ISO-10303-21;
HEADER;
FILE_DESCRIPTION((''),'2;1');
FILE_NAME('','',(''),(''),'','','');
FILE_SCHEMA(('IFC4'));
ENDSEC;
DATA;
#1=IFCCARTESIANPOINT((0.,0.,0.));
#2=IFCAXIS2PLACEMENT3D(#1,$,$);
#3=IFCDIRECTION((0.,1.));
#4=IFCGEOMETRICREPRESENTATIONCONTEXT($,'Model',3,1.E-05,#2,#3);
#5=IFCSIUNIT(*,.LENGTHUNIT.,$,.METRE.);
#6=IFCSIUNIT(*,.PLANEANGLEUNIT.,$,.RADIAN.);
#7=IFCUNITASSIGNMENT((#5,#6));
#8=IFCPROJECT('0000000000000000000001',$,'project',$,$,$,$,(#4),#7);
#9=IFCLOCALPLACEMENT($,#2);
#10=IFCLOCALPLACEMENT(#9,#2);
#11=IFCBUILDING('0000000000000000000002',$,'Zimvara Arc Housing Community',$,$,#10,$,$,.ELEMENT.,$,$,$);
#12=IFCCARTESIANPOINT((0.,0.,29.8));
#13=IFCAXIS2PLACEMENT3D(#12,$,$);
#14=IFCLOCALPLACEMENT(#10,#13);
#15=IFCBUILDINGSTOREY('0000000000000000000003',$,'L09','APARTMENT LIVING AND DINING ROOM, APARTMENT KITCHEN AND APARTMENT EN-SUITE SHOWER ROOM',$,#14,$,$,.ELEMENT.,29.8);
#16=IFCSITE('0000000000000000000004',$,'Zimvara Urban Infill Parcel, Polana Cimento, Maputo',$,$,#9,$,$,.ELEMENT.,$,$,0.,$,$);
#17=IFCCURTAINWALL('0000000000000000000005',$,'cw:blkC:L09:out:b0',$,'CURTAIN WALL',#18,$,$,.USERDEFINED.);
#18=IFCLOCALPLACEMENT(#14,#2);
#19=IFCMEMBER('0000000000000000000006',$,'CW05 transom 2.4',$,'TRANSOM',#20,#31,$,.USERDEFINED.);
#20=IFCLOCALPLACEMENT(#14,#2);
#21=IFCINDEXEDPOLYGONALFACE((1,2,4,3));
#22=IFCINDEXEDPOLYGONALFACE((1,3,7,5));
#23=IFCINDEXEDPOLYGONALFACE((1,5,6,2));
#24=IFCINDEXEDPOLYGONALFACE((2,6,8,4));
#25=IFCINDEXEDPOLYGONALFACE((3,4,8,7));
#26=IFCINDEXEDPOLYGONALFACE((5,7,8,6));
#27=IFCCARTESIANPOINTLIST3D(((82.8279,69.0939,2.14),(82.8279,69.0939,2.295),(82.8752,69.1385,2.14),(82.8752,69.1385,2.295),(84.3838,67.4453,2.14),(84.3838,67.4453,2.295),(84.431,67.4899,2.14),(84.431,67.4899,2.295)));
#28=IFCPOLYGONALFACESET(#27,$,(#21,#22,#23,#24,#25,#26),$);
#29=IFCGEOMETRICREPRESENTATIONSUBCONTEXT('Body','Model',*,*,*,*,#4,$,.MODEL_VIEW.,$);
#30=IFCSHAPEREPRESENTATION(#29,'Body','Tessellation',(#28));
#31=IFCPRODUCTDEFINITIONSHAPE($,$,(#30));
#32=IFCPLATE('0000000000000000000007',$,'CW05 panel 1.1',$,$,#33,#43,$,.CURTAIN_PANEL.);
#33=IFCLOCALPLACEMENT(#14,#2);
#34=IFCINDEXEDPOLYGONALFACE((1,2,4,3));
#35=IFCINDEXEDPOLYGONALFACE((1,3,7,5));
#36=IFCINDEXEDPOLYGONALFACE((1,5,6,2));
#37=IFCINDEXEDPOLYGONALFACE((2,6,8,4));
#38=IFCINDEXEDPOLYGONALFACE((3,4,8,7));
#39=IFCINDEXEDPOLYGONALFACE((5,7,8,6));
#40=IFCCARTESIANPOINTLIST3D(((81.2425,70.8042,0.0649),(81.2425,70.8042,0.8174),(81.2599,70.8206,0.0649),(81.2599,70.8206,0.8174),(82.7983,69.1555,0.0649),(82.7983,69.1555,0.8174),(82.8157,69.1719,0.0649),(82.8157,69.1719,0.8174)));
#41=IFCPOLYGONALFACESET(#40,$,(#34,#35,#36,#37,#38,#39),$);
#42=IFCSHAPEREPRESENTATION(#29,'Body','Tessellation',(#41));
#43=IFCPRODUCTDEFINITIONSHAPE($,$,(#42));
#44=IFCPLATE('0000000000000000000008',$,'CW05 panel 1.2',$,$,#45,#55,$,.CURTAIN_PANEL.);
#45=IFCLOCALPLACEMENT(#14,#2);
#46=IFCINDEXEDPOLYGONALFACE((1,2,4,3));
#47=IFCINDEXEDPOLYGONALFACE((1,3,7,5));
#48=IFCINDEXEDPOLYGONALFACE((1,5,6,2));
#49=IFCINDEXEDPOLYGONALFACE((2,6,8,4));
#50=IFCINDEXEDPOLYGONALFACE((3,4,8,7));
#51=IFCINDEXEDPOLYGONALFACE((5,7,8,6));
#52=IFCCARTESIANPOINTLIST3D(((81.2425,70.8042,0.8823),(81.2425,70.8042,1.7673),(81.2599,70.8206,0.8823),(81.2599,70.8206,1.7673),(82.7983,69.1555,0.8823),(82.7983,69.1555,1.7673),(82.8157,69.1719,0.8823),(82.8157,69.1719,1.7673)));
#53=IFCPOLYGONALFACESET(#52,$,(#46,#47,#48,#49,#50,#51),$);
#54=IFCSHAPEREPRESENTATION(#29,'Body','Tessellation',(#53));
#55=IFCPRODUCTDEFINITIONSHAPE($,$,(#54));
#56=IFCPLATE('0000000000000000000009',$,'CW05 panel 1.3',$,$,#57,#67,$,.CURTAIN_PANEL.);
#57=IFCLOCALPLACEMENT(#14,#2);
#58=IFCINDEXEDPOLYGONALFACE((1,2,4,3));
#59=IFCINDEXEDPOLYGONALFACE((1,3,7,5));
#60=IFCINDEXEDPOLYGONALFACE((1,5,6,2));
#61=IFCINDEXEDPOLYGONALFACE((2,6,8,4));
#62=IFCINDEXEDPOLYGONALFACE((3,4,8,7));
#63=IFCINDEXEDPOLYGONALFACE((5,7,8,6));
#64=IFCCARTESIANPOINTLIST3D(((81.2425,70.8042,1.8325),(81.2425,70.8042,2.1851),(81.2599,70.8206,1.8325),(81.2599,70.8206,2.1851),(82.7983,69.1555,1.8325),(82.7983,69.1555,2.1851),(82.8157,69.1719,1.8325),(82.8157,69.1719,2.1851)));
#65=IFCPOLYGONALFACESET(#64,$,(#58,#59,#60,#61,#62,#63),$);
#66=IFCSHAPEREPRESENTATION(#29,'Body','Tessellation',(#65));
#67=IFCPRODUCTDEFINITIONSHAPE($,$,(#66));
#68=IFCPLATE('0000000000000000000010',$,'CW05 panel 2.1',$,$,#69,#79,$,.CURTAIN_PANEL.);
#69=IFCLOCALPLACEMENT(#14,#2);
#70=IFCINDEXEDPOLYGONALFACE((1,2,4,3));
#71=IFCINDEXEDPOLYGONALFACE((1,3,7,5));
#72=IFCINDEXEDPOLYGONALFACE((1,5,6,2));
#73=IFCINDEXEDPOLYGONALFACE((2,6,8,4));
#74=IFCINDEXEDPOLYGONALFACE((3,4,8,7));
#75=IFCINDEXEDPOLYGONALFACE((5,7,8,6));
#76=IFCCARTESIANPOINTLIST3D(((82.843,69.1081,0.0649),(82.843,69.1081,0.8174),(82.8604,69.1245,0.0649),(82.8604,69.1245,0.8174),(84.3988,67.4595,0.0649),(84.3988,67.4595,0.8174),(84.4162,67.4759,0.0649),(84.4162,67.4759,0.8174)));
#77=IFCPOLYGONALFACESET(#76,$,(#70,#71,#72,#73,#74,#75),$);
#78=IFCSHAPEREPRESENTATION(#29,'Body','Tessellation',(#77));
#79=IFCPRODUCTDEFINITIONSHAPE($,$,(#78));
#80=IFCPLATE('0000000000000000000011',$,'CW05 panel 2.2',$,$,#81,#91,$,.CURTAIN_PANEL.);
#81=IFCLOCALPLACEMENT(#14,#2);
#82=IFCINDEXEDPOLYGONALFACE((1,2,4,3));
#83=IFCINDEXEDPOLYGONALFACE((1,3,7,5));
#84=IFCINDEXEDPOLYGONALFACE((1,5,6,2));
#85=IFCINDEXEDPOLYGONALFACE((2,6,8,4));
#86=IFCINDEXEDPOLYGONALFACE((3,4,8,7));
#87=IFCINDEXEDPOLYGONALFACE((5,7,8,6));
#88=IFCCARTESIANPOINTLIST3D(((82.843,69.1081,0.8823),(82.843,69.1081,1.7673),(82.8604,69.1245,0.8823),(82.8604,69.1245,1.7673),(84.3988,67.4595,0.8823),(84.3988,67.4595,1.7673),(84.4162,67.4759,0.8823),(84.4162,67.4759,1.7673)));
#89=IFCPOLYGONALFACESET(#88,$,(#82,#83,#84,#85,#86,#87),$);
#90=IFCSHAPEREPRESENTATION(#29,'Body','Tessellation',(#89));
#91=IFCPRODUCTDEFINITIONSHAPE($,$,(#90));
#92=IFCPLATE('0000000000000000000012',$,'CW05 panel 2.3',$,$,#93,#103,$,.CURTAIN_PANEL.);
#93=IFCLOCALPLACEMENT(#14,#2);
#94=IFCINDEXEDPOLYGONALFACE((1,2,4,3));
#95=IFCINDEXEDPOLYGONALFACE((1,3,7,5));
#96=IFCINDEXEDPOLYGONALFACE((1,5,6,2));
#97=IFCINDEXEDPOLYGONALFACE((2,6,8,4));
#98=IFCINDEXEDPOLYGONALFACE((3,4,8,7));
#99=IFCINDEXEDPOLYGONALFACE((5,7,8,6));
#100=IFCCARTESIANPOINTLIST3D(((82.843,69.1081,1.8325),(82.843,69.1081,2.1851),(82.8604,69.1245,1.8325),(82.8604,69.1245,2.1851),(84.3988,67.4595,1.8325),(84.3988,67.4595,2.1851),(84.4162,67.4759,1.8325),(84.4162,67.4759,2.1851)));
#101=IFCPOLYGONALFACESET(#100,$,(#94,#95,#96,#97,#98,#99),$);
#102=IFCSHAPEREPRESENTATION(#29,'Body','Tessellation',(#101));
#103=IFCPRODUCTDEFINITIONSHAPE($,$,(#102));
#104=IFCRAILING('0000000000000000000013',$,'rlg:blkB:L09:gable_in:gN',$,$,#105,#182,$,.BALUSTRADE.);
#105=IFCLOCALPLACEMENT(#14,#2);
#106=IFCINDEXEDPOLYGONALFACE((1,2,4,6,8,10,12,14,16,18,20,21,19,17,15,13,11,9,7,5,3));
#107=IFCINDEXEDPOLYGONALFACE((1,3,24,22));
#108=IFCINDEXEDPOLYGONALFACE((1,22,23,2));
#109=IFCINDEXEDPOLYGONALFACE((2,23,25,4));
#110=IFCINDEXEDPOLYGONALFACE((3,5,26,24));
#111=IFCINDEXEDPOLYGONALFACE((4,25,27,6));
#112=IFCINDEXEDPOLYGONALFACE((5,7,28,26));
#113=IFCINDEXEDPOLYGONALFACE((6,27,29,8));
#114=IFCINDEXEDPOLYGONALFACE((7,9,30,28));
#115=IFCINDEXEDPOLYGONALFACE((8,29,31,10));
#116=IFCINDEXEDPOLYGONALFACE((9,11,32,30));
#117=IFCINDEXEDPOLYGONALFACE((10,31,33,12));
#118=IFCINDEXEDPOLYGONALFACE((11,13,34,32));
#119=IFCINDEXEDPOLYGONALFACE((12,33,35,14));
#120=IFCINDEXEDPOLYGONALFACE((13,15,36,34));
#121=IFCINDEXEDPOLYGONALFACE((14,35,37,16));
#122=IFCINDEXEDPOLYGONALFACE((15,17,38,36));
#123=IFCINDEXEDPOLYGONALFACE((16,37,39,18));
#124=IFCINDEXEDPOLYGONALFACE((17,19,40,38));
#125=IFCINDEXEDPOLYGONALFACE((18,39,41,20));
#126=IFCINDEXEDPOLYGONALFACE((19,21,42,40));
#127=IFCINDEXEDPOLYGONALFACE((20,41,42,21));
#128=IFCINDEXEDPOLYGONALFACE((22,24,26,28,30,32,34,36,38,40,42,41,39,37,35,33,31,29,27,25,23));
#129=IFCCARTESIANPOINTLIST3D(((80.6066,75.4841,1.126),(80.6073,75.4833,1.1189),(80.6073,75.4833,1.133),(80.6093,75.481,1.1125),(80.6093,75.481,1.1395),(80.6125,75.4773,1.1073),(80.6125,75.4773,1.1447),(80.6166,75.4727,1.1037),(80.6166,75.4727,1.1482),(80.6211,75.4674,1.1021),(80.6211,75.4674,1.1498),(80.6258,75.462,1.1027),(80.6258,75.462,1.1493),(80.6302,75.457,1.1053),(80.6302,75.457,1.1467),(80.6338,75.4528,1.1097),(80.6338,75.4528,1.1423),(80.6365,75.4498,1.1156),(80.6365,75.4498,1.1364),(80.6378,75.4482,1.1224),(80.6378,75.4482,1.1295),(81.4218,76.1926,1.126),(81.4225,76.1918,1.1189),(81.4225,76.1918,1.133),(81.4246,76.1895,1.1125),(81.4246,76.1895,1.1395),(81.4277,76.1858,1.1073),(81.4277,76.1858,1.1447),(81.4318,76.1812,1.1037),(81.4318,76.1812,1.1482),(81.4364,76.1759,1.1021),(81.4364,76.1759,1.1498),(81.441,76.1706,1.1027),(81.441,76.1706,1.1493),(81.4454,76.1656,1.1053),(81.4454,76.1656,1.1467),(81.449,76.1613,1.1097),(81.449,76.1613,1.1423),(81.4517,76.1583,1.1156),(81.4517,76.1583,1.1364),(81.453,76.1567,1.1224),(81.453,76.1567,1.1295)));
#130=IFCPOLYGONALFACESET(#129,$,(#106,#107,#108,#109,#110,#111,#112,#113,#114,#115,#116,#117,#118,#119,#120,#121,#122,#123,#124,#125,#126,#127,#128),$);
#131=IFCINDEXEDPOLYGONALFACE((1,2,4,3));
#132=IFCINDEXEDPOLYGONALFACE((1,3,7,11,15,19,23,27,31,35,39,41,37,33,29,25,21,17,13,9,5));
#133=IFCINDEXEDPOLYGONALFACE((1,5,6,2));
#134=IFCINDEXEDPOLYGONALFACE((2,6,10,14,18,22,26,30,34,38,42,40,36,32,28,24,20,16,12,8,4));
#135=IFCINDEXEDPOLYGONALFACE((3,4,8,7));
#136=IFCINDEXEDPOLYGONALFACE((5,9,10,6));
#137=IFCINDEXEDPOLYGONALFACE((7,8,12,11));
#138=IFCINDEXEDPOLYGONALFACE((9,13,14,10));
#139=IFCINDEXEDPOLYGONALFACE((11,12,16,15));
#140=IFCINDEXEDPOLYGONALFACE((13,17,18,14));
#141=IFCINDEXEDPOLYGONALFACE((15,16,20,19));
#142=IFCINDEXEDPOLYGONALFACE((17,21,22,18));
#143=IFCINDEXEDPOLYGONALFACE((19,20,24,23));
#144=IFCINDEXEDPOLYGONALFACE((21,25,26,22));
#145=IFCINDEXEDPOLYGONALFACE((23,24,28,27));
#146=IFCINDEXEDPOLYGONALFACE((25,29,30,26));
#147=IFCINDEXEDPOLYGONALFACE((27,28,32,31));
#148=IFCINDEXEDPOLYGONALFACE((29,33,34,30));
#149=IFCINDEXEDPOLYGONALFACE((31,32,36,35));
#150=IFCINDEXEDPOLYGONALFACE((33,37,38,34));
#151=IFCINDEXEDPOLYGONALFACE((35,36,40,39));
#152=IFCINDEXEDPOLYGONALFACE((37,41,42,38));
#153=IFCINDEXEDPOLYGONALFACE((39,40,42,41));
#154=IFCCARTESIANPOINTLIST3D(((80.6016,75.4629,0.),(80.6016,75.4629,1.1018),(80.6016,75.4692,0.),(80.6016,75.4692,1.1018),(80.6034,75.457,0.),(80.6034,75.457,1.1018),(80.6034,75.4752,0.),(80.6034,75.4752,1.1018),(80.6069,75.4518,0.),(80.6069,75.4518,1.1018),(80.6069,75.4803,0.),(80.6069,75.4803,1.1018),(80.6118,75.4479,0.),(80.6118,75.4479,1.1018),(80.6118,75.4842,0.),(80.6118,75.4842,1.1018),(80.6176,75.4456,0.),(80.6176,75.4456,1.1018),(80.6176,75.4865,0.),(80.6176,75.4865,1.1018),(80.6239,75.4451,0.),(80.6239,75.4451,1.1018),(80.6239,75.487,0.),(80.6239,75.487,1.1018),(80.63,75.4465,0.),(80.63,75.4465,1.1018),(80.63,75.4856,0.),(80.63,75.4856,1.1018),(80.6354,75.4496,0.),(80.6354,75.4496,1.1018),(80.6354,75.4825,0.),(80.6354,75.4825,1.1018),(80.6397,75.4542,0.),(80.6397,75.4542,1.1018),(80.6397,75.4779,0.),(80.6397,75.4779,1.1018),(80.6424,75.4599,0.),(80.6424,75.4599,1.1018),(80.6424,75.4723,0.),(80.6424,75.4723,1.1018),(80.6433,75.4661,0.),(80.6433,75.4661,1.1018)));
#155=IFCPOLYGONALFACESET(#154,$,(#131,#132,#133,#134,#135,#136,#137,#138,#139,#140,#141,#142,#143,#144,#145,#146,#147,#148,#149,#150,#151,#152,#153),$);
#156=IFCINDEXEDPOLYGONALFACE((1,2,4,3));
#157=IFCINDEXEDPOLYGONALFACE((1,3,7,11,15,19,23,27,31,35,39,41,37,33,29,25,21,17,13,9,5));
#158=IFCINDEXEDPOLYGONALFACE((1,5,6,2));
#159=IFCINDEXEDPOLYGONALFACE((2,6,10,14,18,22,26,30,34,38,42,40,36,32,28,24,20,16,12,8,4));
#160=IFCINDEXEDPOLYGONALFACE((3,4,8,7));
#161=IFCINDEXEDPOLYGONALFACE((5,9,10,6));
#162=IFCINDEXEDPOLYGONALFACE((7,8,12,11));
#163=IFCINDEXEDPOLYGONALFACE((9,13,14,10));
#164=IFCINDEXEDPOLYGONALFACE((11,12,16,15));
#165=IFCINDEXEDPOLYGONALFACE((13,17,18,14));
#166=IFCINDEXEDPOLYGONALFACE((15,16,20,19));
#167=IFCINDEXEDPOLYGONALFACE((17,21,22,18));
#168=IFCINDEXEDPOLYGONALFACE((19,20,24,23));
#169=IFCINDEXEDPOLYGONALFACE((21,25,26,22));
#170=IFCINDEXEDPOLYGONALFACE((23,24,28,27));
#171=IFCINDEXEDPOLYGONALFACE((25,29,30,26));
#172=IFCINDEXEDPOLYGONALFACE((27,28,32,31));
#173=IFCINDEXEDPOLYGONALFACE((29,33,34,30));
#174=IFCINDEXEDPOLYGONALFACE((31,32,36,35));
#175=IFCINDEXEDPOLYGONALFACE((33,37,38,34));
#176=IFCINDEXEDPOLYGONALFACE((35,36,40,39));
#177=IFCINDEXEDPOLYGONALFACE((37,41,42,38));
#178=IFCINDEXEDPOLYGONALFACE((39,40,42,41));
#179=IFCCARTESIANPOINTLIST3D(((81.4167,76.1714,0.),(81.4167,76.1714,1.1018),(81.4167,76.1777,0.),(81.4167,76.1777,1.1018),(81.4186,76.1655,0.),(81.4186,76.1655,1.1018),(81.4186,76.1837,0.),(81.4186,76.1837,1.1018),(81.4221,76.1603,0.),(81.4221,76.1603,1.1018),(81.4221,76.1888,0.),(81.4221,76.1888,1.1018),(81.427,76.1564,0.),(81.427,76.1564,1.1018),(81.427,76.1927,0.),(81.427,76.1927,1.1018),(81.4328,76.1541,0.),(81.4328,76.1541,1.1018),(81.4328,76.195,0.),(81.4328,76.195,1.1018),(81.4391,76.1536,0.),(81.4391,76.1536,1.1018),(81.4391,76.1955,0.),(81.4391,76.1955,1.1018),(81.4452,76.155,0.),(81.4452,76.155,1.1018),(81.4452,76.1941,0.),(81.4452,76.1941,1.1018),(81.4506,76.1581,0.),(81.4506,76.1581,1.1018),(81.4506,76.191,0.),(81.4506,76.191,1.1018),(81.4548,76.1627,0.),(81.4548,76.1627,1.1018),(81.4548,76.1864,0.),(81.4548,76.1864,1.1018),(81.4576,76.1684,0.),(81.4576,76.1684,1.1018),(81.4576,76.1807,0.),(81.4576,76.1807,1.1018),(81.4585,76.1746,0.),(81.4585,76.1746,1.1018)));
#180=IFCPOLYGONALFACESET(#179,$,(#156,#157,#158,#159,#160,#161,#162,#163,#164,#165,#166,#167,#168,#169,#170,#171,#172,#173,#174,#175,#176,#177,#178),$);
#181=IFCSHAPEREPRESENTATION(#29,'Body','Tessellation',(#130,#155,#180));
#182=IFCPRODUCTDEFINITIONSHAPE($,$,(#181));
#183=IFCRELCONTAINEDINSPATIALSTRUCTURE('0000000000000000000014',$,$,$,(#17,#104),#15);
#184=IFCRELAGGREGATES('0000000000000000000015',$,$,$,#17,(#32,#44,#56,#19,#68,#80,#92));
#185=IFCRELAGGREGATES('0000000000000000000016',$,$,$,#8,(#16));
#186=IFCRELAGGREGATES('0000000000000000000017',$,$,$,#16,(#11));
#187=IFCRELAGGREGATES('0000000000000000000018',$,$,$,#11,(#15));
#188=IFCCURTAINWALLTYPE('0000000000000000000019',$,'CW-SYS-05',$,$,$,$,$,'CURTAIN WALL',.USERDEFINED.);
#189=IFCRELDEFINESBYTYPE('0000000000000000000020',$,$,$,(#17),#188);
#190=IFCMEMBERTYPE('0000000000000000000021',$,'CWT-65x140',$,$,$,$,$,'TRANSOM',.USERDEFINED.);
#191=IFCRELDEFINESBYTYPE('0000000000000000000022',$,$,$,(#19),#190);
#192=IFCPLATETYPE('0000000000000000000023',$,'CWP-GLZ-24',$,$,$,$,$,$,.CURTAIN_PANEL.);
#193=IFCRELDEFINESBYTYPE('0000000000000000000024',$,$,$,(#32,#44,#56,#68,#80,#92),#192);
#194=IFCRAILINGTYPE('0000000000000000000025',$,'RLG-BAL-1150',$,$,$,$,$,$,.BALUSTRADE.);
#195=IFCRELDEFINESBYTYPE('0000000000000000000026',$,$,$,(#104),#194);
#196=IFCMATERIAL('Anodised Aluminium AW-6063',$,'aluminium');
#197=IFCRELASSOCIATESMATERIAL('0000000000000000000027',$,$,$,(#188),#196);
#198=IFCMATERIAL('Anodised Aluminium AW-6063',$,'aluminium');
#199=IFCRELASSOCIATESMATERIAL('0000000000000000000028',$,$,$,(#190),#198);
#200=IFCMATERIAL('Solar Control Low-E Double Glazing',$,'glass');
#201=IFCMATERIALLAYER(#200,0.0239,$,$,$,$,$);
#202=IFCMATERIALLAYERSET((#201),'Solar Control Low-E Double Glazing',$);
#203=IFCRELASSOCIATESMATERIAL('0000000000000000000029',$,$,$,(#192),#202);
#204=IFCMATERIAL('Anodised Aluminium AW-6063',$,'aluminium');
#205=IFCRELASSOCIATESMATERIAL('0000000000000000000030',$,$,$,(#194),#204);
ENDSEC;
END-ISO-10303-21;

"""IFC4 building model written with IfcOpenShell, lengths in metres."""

from ifc_helpers import new_model, si_unit, direction, frame, origin, origin_2d, place, context, subcontext, project, spatial, rectangle, circle, extrude, material, layer, layer_set, material_profile, profile_set, type_object, element, aggregate, save


model = new_model("IFC4")

# Units and contexts
model_context = context("Model", 3, precision=1e-05, world=origin(), true_north=direction((0.0, 1.0)))
body_context = subcontext(model_context, "Body", "Model", "MODEL_VIEW")
ifc_project = project(units=[si_unit("LENGTHUNIT", "METRE"), si_unit("PLANEANGLEUNIT", "RADIAN")], contexts=[model_context])

# Site, building, storey
site_placement = place(None, origin())
site = spatial("IfcSite", under=ifc_project, at=site_placement, Name="Zimvara Urban Infill Parcel, Polana Cimento, Maputo", CompositionType="ELEMENT", RefElevation=0.0)
building_placement = place(site_placement, origin())
building = spatial("IfcBuilding", under=site, at=building_placement, Name="Zimvara Arc Housing Community", CompositionType="ELEMENT")
storey_placement = place(building_placement, frame((0.0, 0.0, 29.8)))
storey = spatial("IfcBuildingStorey", under=building, at=storey_placement, Name="L09", Description="APARTMENT LIVING AND DINING ROOM, APARTMENT KITCHEN AND APARTMENT EN-SUITE SHOWER ROOM", CompositionType="ELEMENT", Elevation=29.8)

# Curtain wall, member, plates
ifc_material_1 = material(Name="Anodised Aluminium AW-6063", Category="aluminium")
curtain_wall_type = type_object("IfcCurtainWallType", Name="CW-SYS-05", ElementType="CURTAIN WALL", PredefinedType="USERDEFINED", material=ifc_material_1)
curtain_wall_placement = place(storey_placement, origin())
curtain_wall = element("IfcCurtainWall", 1, at=curtain_wall_placement, inside=storey, type_object=curtain_wall_type, Name="cw:blkC:L09:out:b0", ObjectType="CURTAIN WALL", PredefinedType="USERDEFINED")
ifc_material_2 = material(Name="Anodised Aluminium AW-6063", Category="aluminium")
ifc_material_profile_1 = material_profile(ifc_material_2, rectangle(XDim=0.0649, YDim=0.155, at=origin_2d()), Name="ALU 65x155")
ifc_profile_set_1 = profile_set([ifc_material_profile_1], Name="Anodised Aluminium AW-6063")
member_type_1 = type_object("IfcMemberType", Name="CWT-65x140", ElementType="TRANSOM", PredefinedType="USERDEFINED", material=ifc_profile_set_1)
member_1_placement = place(storey_placement, frame((82.8516, 69.1162, 2.2175), z_axis=(0.686348, -0.727273, 0.0), x_axis=(0.727273, 0.686348, 0.0)))
member_1 = element("IfcMember", 2, at=member_1_placement, type_object=member_type_1, Name="CW05 transom 2.4", ObjectType="TRANSOM", PredefinedType="USERDEFINED", context=body_context, shape_type="SweptSolid", body=[
    extrude(rectangle(XDim=0.0649, YDim=0.155, at=origin_2d()), origin(), (0.0, 0.0, 1.0), 2.2668),
])
ifc_material_3 = material(Name="Solar Control Low-E Double Glazing", Category="glass")
ifc_layer = layer(ifc_material_3, 0.0239)
ifc_layer_set = layer_set([ifc_layer], Name="Solar Control Low-E Double Glazing")
plate_type = type_object("IfcPlateType", Name="CWP-GLZ-24", PredefinedType="CURTAIN_PANEL", material=ifc_layer_set)
plate_1_placement = place(storey_placement, frame((82.0291, 69.988, 0.0649), z_axis=(0.0, 0.0, 1.0), x_axis=(0.686326, -0.727294, 0.0)))
plate_1 = element("IfcPlate", 3, at=plate_1_placement, type_object=plate_type, Name="CW05 panel 1.1", PredefinedType="CURTAIN_PANEL", context=body_context, shape_type="SweptSolid", body=[
    extrude(rectangle(XDim=2.2668, YDim=0.0239, at=origin_2d()), origin(), (0.0, 0.0, 1.0), 0.7524),
])
plate_2_placement = place(storey_placement, frame((82.0291, 69.988, 0.8823), z_axis=(0.0, 0.0, 1.0), x_axis=(0.686326, -0.727294, 0.0)))
plate_2 = element("IfcPlate", 4, at=plate_2_placement, type_object=plate_type, Name="CW05 panel 1.2", PredefinedType="CURTAIN_PANEL", context=body_context, shape_type="SweptSolid", body=[
    extrude(rectangle(XDim=2.2668, YDim=0.0239, at=origin_2d()), origin(), (0.0, 0.0, 1.0), 0.885),
])
plate_3_placement = place(storey_placement, frame((82.0291, 69.988, 1.8325), z_axis=(0.0, 0.0, 1.0), x_axis=(0.686326, -0.727294, 0.0)))
plate_3 = element("IfcPlate", 5, at=plate_3_placement, type_object=plate_type, Name="CW05 panel 1.3", PredefinedType="CURTAIN_PANEL", context=body_context, shape_type="SweptSolid", body=[
    extrude(rectangle(XDim=2.2668, YDim=0.0239, at=origin_2d()), origin(), (0.0, 0.0, 1.0), 0.3525),
])
plate_4_placement = place(storey_placement, frame((83.6296, 68.292, 0.0649), z_axis=(0.0, 0.0, 1.0), x_axis=(0.686326, -0.727294, 0.0)))
plate_4 = element("IfcPlate", 6, at=plate_4_placement, type_object=plate_type, Name="CW05 panel 2.1", PredefinedType="CURTAIN_PANEL", context=body_context, shape_type="SweptSolid", body=[
    extrude(rectangle(XDim=2.2668, YDim=0.0239, at=origin_2d()), origin(), (0.0, 0.0, 1.0), 0.7524),
])
plate_5_placement = place(storey_placement, frame((83.6296, 68.292, 0.8823), z_axis=(0.0, 0.0, 1.0), x_axis=(0.686326, -0.727294, 0.0)))
plate_5 = element("IfcPlate", 7, at=plate_5_placement, type_object=plate_type, Name="CW05 panel 2.2", PredefinedType="CURTAIN_PANEL", context=body_context, shape_type="SweptSolid", body=[
    extrude(rectangle(XDim=2.2668, YDim=0.0239, at=origin_2d()), origin(), (0.0, 0.0, 1.0), 0.885),
])
plate_6_placement = place(storey_placement, frame((83.6296, 68.292, 1.8325), z_axis=(0.0, 0.0, 1.0), x_axis=(0.686326, -0.727294, 0.0)))
plate_6 = element("IfcPlate", 8, at=plate_6_placement, type_object=plate_type, Name="CW05 panel 2.3", PredefinedType="CURTAIN_PANEL", context=body_context, shape_type="SweptSolid", body=[
    extrude(rectangle(XDim=2.2668, YDim=0.0239, at=origin_2d()), origin(), (0.0, 0.0, 1.0), 0.3525),
])
aggregate(curtain_wall, [plate_1, plate_2, plate_3, member_1, plate_4, plate_5, plate_6])

# Railing
ifc_material_4 = material(Name="Anodised Aluminium AW-6063", Category="aluminium")
railing_type = type_object("IfcRailingType", Name="RLG-BAL-1150", PredefinedType="BALUSTRADE", material=ifc_material_4)
railing_placement = place(storey_placement, frame((80.6223, 75.4661, 0.0)))
element("IfcRailing", 9, at=railing_placement, inside=storey, type_object=railing_type, Name="rlg:blkB:L09:gable_in:gN", PredefinedType="BALUSTRADE", context=body_context, shape_type="SweptSolid", body=[
    extrude(circle(Radius=0.0239, at=origin_2d()), frame((0.0, 0.0, 1.126), z_axis=(0.754771, 0.655988, 0.0), x_axis=(-0.655988, 0.754771, 0.0)), (0.0, 0.0, 1.0), 1.0801),
    extrude(circle(Radius=0.021, at=origin_2d()), origin(), (0.0, 0.0, 1.0), 1.1018),
    extrude(circle(Radius=0.021, at=origin_2d()), frame((0.8152, 0.7085, 0.0)), (0.0, 0.0, 1.0), 1.1018),
])

save(model, "model.ifc")
